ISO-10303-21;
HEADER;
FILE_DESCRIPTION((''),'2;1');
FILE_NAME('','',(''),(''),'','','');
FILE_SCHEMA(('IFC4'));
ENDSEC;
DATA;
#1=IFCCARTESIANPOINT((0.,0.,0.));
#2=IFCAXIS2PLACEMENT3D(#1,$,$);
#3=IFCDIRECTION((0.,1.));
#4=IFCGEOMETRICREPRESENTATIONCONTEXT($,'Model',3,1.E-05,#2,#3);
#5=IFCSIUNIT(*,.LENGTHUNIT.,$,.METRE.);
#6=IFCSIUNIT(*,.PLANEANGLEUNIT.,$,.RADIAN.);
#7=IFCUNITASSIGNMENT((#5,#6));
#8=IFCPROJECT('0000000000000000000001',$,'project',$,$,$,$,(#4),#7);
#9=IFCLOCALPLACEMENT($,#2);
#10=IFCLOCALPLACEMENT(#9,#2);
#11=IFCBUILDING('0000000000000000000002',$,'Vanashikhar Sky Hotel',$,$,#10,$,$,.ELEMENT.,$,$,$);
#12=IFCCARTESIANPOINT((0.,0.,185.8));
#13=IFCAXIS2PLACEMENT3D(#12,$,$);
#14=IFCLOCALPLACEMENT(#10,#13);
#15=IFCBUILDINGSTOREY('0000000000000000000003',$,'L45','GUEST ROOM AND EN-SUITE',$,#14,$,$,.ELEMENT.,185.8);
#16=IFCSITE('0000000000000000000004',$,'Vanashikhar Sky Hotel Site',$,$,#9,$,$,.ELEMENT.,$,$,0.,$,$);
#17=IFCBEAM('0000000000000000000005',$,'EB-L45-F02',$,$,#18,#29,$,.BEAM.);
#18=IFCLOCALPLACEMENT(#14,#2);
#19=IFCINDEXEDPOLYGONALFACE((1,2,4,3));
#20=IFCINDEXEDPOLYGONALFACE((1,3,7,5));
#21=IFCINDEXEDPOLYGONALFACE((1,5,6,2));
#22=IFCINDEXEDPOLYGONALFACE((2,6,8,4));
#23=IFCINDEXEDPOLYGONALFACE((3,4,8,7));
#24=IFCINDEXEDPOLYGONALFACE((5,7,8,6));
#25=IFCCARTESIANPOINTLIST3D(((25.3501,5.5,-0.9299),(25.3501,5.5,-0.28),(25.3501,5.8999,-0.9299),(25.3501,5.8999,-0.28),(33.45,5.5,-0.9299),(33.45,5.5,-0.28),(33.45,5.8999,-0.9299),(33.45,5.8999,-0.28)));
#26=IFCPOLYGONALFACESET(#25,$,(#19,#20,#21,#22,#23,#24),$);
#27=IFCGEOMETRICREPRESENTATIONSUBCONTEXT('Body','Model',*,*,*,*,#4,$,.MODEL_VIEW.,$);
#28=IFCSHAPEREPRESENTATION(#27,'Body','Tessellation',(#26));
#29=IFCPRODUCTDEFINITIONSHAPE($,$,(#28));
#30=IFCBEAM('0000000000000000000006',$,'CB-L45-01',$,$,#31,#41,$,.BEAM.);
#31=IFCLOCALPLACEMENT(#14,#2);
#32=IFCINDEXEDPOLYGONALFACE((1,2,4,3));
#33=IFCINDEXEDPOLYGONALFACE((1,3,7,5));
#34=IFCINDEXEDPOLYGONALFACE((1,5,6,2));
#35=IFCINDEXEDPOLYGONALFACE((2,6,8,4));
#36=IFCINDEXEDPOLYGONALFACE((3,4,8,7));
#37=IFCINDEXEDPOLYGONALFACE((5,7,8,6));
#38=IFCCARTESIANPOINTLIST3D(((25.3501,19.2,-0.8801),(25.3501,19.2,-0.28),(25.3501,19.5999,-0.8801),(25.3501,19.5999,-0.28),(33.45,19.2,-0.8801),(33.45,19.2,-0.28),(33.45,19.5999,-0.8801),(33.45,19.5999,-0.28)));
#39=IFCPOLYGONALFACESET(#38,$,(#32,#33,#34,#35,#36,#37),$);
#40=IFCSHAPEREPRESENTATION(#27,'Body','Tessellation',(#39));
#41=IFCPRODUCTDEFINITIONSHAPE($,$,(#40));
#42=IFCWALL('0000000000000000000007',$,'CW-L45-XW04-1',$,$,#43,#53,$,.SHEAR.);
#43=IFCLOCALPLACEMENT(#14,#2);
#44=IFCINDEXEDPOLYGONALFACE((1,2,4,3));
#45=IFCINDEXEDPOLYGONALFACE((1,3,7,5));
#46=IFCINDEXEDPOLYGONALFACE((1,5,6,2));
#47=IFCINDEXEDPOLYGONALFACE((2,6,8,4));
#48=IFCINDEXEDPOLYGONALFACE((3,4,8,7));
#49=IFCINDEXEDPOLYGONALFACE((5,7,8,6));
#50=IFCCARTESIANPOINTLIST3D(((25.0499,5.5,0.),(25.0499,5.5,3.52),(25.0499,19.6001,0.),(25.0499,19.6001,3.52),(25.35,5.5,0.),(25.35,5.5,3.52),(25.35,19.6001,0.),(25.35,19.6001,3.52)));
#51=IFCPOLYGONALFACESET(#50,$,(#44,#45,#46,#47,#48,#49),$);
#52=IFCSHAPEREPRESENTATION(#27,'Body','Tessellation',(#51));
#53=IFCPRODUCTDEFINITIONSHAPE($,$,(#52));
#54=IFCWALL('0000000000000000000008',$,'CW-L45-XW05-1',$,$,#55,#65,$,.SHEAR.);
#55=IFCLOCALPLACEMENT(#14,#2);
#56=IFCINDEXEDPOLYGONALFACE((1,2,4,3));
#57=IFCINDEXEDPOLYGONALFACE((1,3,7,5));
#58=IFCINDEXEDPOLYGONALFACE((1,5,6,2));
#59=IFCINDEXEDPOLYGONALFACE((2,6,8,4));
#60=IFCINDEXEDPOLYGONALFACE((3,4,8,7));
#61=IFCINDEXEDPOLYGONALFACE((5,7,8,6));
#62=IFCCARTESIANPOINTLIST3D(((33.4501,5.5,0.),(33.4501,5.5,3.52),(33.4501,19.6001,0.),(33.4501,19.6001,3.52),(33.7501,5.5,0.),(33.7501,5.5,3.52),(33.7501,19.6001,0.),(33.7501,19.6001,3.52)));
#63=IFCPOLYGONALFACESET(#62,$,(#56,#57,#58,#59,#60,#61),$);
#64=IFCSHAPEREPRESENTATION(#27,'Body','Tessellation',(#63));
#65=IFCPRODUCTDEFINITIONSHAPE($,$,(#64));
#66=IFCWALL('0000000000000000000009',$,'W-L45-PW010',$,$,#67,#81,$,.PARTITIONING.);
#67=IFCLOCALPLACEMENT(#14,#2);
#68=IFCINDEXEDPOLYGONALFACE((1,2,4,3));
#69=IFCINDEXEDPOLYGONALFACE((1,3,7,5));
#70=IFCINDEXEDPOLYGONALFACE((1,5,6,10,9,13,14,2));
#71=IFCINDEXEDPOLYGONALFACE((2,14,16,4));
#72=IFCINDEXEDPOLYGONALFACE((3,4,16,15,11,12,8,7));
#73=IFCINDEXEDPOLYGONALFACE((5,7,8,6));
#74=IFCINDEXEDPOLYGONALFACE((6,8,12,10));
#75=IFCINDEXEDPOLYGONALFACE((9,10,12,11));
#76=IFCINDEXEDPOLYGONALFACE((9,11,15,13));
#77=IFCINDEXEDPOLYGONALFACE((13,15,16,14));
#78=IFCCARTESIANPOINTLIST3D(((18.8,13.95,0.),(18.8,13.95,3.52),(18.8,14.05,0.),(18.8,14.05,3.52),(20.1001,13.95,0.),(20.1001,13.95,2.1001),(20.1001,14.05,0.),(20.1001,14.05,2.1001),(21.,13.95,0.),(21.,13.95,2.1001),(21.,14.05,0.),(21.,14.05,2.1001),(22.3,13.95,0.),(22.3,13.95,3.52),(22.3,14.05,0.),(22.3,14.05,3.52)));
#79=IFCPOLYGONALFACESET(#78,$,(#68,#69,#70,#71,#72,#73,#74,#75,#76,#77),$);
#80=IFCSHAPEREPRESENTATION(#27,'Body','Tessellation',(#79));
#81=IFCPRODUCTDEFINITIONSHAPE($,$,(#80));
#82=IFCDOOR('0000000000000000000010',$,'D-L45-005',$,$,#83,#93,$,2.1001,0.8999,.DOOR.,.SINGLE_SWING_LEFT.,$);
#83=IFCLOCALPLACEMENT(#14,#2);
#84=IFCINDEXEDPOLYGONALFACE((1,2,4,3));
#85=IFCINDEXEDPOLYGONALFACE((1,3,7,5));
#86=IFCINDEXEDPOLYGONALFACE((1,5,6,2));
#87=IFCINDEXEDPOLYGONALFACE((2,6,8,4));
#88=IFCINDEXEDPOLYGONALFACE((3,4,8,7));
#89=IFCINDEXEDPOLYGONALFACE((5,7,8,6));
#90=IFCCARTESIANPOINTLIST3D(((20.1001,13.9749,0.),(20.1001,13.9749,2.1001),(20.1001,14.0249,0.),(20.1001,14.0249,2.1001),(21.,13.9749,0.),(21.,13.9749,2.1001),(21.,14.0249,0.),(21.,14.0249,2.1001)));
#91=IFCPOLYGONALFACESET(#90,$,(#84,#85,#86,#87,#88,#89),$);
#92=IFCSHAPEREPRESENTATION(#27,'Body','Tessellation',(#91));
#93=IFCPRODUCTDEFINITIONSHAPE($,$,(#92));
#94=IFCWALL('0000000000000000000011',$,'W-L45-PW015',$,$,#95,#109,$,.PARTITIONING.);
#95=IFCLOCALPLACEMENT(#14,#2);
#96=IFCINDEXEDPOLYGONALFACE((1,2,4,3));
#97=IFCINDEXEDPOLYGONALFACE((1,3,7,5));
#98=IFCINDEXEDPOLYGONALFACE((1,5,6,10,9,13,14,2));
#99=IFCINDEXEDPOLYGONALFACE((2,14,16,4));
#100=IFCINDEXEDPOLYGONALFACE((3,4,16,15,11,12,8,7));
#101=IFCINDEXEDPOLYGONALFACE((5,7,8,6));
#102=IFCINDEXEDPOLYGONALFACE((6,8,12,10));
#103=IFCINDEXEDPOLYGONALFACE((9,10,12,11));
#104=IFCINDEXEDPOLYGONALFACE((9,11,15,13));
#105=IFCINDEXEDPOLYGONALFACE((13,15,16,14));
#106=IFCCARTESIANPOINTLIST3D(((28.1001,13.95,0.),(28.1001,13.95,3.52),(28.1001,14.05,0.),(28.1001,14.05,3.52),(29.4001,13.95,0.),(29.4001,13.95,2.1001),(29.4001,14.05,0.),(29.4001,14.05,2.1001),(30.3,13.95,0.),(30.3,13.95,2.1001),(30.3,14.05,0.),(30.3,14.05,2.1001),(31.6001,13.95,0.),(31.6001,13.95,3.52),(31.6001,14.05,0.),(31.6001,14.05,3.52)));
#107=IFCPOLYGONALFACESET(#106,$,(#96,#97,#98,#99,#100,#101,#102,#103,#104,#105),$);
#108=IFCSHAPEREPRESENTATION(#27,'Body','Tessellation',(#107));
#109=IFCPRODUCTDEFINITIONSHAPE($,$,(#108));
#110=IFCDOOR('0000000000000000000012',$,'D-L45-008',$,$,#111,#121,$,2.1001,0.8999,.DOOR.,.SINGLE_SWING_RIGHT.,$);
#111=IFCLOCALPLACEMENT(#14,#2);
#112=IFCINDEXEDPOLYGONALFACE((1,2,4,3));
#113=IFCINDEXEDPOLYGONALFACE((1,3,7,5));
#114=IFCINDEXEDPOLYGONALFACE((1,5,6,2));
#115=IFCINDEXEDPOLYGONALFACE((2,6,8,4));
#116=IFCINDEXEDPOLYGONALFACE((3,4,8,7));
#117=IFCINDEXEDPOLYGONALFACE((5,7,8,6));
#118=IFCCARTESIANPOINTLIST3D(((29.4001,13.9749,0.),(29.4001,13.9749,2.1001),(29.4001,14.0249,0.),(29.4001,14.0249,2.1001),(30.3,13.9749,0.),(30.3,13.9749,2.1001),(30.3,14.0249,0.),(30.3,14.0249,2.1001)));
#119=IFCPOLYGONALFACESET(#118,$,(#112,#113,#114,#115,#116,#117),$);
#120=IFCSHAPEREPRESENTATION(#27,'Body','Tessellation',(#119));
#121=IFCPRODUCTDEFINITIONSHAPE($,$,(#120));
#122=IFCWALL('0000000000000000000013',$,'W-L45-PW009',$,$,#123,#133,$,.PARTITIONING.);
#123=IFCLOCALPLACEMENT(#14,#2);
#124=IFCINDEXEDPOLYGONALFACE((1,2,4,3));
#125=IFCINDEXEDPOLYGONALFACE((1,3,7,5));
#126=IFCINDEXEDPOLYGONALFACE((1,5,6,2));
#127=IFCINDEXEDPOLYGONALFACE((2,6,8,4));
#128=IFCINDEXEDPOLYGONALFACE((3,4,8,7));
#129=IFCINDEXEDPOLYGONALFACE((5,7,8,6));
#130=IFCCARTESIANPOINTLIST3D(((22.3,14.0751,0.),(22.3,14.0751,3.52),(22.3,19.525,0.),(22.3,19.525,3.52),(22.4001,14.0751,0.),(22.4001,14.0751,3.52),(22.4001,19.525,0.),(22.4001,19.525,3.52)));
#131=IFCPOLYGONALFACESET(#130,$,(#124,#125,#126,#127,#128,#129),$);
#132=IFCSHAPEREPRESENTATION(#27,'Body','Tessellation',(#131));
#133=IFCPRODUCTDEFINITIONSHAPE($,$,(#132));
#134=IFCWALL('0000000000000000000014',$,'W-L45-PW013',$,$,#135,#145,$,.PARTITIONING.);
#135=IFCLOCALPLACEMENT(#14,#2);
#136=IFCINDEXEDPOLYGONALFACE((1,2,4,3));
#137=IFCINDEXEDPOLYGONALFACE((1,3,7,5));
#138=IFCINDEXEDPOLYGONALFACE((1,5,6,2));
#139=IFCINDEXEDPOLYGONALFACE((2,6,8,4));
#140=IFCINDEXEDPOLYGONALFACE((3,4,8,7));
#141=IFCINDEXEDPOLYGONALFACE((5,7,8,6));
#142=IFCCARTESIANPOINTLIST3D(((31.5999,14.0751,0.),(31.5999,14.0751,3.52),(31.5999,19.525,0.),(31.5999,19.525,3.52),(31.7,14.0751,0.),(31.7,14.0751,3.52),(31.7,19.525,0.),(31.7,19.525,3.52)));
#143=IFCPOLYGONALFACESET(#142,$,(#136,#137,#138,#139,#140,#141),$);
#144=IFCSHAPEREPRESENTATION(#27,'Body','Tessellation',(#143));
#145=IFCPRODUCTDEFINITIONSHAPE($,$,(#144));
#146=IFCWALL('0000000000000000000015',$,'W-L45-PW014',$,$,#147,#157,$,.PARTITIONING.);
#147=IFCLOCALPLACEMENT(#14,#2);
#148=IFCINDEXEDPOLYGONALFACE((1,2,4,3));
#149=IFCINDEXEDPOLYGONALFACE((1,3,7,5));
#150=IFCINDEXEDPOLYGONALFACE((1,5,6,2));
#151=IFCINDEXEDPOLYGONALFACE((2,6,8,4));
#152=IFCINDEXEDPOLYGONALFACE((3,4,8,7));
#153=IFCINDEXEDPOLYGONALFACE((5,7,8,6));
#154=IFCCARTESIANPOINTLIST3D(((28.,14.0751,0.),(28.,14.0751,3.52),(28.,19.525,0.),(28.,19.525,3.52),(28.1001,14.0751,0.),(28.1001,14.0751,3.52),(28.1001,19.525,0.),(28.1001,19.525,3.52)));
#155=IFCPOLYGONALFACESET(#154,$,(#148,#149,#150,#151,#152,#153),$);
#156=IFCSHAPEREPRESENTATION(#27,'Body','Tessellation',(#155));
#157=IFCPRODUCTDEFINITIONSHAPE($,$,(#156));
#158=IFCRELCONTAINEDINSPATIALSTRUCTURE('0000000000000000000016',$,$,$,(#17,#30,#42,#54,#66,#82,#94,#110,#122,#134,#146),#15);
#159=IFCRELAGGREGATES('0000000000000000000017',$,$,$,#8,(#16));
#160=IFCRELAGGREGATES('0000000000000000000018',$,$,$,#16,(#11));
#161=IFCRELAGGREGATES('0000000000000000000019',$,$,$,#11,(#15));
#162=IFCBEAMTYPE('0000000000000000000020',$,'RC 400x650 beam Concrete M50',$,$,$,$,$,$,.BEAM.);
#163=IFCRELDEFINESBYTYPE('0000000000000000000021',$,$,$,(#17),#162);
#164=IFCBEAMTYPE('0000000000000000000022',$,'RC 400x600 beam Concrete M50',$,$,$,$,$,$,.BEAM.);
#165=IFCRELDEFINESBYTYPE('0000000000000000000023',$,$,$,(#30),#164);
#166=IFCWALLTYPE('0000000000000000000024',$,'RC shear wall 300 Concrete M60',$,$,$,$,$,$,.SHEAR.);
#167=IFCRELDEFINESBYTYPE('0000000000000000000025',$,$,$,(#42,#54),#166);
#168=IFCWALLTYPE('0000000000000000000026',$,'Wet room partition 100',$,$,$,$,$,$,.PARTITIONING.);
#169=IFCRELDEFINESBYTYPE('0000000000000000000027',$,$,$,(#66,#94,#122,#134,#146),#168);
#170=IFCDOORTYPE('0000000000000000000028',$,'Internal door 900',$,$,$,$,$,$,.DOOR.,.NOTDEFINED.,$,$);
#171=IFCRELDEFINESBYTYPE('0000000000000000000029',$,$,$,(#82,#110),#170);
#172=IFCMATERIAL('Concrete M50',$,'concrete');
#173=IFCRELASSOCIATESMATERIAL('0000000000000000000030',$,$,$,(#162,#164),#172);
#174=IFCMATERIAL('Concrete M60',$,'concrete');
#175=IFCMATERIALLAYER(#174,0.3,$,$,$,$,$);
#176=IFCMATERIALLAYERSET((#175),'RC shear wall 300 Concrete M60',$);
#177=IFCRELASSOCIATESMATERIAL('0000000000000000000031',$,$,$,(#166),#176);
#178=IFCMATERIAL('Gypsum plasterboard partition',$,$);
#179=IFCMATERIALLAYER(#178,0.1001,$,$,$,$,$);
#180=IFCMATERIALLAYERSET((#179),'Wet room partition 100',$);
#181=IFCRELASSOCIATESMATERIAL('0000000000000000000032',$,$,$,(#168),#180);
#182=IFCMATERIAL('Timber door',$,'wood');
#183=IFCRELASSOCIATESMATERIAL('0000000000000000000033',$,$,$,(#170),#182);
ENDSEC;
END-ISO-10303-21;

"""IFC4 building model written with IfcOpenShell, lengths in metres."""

from ifc_helpers import new_model, si_unit, direction, frame, frame_2d, origin, origin_2d, place, context, subcontext, project, spatial, rectangle, extrude, source, transform, mapped, material, layer, layer_set, material_profile, profile_set, type_object, element, fill, save


model = new_model("IFC4")

# Units and contexts
model_context = context("Model", 3, precision=1e-05, world=origin(), true_north=direction((0.0, 1.0)))
body_context = subcontext(model_context, "Body", "Model", "MODEL_VIEW")
ifc_project = project(units=[si_unit("LENGTHUNIT", "METRE"), si_unit("PLANEANGLEUNIT", "RADIAN")], contexts=[model_context])

# Site, building, storey
site_placement = place(None, origin())
site = spatial("IfcSite", under=ifc_project, at=site_placement, Name="Vanashikhar Sky Hotel Site", CompositionType="ELEMENT", RefElevation=0.0)
building_placement = place(site_placement, origin())
building = spatial("IfcBuilding", under=site, at=building_placement, Name="Vanashikhar Sky Hotel", CompositionType="ELEMENT")
storey_placement = place(building_placement, frame((0.0, 0.0, 185.8)))
storey = spatial("IfcBuildingStorey", under=building, at=storey_placement, Name="L45", Description="GUEST ROOM AND EN-SUITE", CompositionType="ELEMENT", Elevation=185.8)

# Beams
ifc_material_1 = material(Name="Concrete M50", Category="concrete")
ifc_material_profile_1 = material_profile(ifc_material_1, rectangle(XDim=0.3999, YDim=0.6499, at=origin_2d()))
ifc_profile_set_1 = profile_set([ifc_material_profile_1], Name="RC 400x650 beam Concrete M50")
beam_type_1 = type_object("IfcBeamType", Name="RC 400x650 beam Concrete M50", PredefinedType="BEAM", material=ifc_profile_set_1)
shared_shape_1 = source(origin(), body_context, "Body", "SweptSolid", [
    extrude(rectangle(XDim=0.3999, YDim=0.6499, at=origin_2d()), origin(), (0.0, 0.0, 1.0), 8.0999),
])
beam_1_placement = place(storey_placement, frame((25.3501, 5.7, -0.605), z_axis=(1.0, 0.0, 0.0), x_axis=(0.0, 1.0, 0.0)))
element("IfcBeam", 1, at=beam_1_placement, inside=storey, type_object=beam_type_1, Name="EB-L45-F02", PredefinedType="BEAM", context=body_context, shape_type="MappedRepresentation", body=[
    mapped(shared_shape_1, transform((0.0, 0.0, 0.0), scale=1.0)),
])
ifc_material_profile_2 = material_profile(ifc_material_1, rectangle(XDim=0.3999, YDim=0.6001, at=origin_2d()))
ifc_profile_set_2 = profile_set([ifc_material_profile_2], Name="RC 400x600 beam Concrete M50")
beam_type_2 = type_object("IfcBeamType", Name="RC 400x600 beam Concrete M50", PredefinedType="BEAM", material=ifc_profile_set_2)
shared_shape_2 = source(origin(), body_context, "Body", "SweptSolid", [
    extrude(rectangle(XDim=0.3999, YDim=0.6001, at=origin_2d()), origin(), (0.0, 0.0, 1.0), 8.0999),
])
beam_2_placement = place(storey_placement, frame((25.3501, 19.3999, -0.5801), z_axis=(1.0, 0.0, 0.0), x_axis=(0.0, 1.0, 0.0)))
element("IfcBeam", 2, at=beam_2_placement, inside=storey, type_object=beam_type_2, Name="CB-L45-01", PredefinedType="BEAM", context=body_context, shape_type="MappedRepresentation", body=[
    mapped(shared_shape_2, transform((0.0, 0.0, 0.0), scale=1.0)),
])

# Walls
ifc_material_2 = material(Name="Concrete M60", Category="concrete")
ifc_layer_1 = layer(ifc_material_2, 0.3)
ifc_layer_set_1 = layer_set([ifc_layer_1], Name="RC shear wall 300 Concrete M60")
wall_type_1 = type_object("IfcWallType", Name="RC shear wall 300 Concrete M60", PredefinedType="SHEAR", material=ifc_layer_set_1)
shared_shape_3 = source(origin(), body_context, "Body", "SweptSolid", [
    extrude(rectangle(XDim=14.1001, YDim=0.3, at=frame_2d((7.05, 0.0))), origin(), (0.0, 0.0, 1.0), 3.52),
])
for number, where, z_axis, x_axis, name in (
    (3, (25.2, 5.5, 0.0), (0.0, 0.0, 1.0), (0.0, 1.0, 0.0), "CW-L45-XW04-1"),
    (4, (33.6001, 5.5, 0.0), (0.0, 0.0, 1.0), (0.0, 1.0, 0.0), "CW-L45-XW05-1"),
):
    element("IfcWall", number, at=place(storey_placement, frame(where, z_axis=z_axis, x_axis=x_axis)), inside=storey, type_object=wall_type_1, Name=name, PredefinedType="SHEAR", context=body_context, shape_type="MappedRepresentation", body=[
        mapped(shared_shape_3, transform((0.0, 0.0, 0.0), scale=1.0)),
    ])

# Walls, openings, doors
ifc_material_3 = material(Name="Gypsum plasterboard partition")
ifc_layer_2 = layer(ifc_material_3, 0.1001)
ifc_layer_set_2 = layer_set([ifc_layer_2], Name="Wet room partition 100")
wall_type_2 = type_object("IfcWallType", Name="Wet room partition 100", PredefinedType="PARTITIONING", material=ifc_layer_set_2)
shared_shape_4 = source(origin(), body_context, "Body", "SweptSolid", [
    extrude(rectangle(XDim=3.5, YDim=0.1001, at=frame_2d((1.75, 0.0))), origin(), (0.0, 0.0, 1.0), 3.52),
])
wall_1_placement = place(storey_placement, frame((18.8, 14.0, 0.0), z_axis=(0.0, 0.0, 1.0), x_axis=(1.0, 0.0, 0.0)))
wall_1 = element("IfcWall", 5, at=wall_1_placement, inside=storey, type_object=wall_type_2, Name="W-L45-PW010", PredefinedType="PARTITIONING", context=body_context, shape_type="MappedRepresentation", body=[
    mapped(shared_shape_4, transform((0.0, 0.0, 0.0), scale=1.0)),
])
shared_shape_5 = source(origin(), body_context, "Body", "SweptSolid", [
    extrude(rectangle(XDim=0.8999, YDim=2.1001, at=frame_2d((0.45, 1.05))), frame((0.0, 0.0601, 0.0), z_axis=(0.0, -1.0, 0.0), x_axis=(1.0, 0.0, 0.0)), (0.0, 0.0, 1.0), 0.1201),
])
opening_1_placement = place(wall_1_placement, frame((1.3, 0.0, 0.0)))
opening_1 = element("IfcOpeningElement", 6, at=opening_1_placement, cuts=wall_1, PredefinedType="OPENING", context=body_context, shape_type="MappedRepresentation", body=[
    mapped(shared_shape_5, transform((0.0, 0.0, 0.0), scale=1.0)),
])
ifc_material_4 = material(Name="Timber door", Category="wood")
door_type_1 = type_object("IfcDoorType", Name="Internal door 900", OperationType="NOTDEFINED", PredefinedType="DOOR", material=ifc_material_4)
shared_shape_6 = source(origin(), body_context, "Body", "SweptSolid", [
    extrude(rectangle(XDim=0.8999, YDim=2.1001, at=frame_2d((0.45, 1.05))), frame((0.0, 0.0249, 0.0), z_axis=(0.0, -1.0, 0.0), x_axis=(1.0, 0.0, 0.0)), (0.0, 0.0, 1.0), 0.05),
])
door_1_placement = place(opening_1_placement, origin())
door_1 = element("IfcDoor", 7, at=door_1_placement, inside=storey, type_object=door_type_1, Name="D-L45-005", OperationType="SINGLE_SWING_LEFT", OverallHeight=2.1001, OverallWidth=0.8999, PredefinedType="DOOR", context=body_context, shape_type="MappedRepresentation", body=[
    mapped(shared_shape_6, transform((0.0, 0.0, 0.0), scale=1.0)),
])
fill(opening_1, door_1)
wall_2_placement = place(storey_placement, frame((28.1001, 14.0, 0.0), z_axis=(0.0, 0.0, 1.0), x_axis=(1.0, 0.0, 0.0)))
wall_2 = element("IfcWall", 8, at=wall_2_placement, inside=storey, type_object=wall_type_2, Name="W-L45-PW015", PredefinedType="PARTITIONING", context=body_context, shape_type="MappedRepresentation", body=[
    mapped(shared_shape_4, transform((0.0, 0.0, 0.0), scale=1.0)),
])
opening_2_placement = place(wall_2_placement, frame((1.3, 0.0, 0.0)))
opening_2 = element("IfcOpeningElement", 9, at=opening_2_placement, cuts=wall_2, PredefinedType="OPENING", context=body_context, shape_type="MappedRepresentation", body=[
    mapped(shared_shape_5, transform((0.0, 0.0, 0.0), scale=1.0)),
])
door_2_placement = place(opening_2_placement, origin())
door_2 = element("IfcDoor", 10, at=door_2_placement, inside=storey, type_object=door_type_1, Name="D-L45-008", OperationType="SINGLE_SWING_RIGHT", OverallHeight=2.1001, OverallWidth=0.8999, PredefinedType="DOOR", context=body_context, shape_type="MappedRepresentation", body=[
    mapped(shared_shape_6, transform((0.0, 0.0, 0.0), scale=1.0)),
])
fill(opening_2, door_2)

# Walls
shared_shape_7 = source(origin(), body_context, "Body", "SweptSolid", [
    extrude(rectangle(XDim=5.45, YDim=0.1001, at=frame_2d((2.7251, 0.0))), origin(), (0.0, 0.0, 1.0), 3.52),
])
for number, where, z_axis, x_axis, name in (
    (11, (22.3501, 14.075, 0.0), (0.0, 0.0, 1.0), (0.0, 1.0, 0.0), "W-L45-PW009"),
    (12, (31.6499, 14.075, 0.0), (0.0, 0.0, 1.0), (0.0, 1.0, 0.0), "W-L45-PW013"),
    (13, (28.05, 14.075, 0.0), (0.0, 0.0, 1.0), (0.0, 1.0, 0.0), "W-L45-PW014"),
):
    element("IfcWall", number, at=place(storey_placement, frame(where, z_axis=z_axis, x_axis=x_axis)), inside=storey, type_object=wall_type_2, Name=name, PredefinedType="PARTITIONING", context=body_context, shape_type="MappedRepresentation", body=[
        mapped(shared_shape_7, transform((0.0, 0.0, 0.0), scale=1.0)),
    ])

save(model, "model.ifc")
